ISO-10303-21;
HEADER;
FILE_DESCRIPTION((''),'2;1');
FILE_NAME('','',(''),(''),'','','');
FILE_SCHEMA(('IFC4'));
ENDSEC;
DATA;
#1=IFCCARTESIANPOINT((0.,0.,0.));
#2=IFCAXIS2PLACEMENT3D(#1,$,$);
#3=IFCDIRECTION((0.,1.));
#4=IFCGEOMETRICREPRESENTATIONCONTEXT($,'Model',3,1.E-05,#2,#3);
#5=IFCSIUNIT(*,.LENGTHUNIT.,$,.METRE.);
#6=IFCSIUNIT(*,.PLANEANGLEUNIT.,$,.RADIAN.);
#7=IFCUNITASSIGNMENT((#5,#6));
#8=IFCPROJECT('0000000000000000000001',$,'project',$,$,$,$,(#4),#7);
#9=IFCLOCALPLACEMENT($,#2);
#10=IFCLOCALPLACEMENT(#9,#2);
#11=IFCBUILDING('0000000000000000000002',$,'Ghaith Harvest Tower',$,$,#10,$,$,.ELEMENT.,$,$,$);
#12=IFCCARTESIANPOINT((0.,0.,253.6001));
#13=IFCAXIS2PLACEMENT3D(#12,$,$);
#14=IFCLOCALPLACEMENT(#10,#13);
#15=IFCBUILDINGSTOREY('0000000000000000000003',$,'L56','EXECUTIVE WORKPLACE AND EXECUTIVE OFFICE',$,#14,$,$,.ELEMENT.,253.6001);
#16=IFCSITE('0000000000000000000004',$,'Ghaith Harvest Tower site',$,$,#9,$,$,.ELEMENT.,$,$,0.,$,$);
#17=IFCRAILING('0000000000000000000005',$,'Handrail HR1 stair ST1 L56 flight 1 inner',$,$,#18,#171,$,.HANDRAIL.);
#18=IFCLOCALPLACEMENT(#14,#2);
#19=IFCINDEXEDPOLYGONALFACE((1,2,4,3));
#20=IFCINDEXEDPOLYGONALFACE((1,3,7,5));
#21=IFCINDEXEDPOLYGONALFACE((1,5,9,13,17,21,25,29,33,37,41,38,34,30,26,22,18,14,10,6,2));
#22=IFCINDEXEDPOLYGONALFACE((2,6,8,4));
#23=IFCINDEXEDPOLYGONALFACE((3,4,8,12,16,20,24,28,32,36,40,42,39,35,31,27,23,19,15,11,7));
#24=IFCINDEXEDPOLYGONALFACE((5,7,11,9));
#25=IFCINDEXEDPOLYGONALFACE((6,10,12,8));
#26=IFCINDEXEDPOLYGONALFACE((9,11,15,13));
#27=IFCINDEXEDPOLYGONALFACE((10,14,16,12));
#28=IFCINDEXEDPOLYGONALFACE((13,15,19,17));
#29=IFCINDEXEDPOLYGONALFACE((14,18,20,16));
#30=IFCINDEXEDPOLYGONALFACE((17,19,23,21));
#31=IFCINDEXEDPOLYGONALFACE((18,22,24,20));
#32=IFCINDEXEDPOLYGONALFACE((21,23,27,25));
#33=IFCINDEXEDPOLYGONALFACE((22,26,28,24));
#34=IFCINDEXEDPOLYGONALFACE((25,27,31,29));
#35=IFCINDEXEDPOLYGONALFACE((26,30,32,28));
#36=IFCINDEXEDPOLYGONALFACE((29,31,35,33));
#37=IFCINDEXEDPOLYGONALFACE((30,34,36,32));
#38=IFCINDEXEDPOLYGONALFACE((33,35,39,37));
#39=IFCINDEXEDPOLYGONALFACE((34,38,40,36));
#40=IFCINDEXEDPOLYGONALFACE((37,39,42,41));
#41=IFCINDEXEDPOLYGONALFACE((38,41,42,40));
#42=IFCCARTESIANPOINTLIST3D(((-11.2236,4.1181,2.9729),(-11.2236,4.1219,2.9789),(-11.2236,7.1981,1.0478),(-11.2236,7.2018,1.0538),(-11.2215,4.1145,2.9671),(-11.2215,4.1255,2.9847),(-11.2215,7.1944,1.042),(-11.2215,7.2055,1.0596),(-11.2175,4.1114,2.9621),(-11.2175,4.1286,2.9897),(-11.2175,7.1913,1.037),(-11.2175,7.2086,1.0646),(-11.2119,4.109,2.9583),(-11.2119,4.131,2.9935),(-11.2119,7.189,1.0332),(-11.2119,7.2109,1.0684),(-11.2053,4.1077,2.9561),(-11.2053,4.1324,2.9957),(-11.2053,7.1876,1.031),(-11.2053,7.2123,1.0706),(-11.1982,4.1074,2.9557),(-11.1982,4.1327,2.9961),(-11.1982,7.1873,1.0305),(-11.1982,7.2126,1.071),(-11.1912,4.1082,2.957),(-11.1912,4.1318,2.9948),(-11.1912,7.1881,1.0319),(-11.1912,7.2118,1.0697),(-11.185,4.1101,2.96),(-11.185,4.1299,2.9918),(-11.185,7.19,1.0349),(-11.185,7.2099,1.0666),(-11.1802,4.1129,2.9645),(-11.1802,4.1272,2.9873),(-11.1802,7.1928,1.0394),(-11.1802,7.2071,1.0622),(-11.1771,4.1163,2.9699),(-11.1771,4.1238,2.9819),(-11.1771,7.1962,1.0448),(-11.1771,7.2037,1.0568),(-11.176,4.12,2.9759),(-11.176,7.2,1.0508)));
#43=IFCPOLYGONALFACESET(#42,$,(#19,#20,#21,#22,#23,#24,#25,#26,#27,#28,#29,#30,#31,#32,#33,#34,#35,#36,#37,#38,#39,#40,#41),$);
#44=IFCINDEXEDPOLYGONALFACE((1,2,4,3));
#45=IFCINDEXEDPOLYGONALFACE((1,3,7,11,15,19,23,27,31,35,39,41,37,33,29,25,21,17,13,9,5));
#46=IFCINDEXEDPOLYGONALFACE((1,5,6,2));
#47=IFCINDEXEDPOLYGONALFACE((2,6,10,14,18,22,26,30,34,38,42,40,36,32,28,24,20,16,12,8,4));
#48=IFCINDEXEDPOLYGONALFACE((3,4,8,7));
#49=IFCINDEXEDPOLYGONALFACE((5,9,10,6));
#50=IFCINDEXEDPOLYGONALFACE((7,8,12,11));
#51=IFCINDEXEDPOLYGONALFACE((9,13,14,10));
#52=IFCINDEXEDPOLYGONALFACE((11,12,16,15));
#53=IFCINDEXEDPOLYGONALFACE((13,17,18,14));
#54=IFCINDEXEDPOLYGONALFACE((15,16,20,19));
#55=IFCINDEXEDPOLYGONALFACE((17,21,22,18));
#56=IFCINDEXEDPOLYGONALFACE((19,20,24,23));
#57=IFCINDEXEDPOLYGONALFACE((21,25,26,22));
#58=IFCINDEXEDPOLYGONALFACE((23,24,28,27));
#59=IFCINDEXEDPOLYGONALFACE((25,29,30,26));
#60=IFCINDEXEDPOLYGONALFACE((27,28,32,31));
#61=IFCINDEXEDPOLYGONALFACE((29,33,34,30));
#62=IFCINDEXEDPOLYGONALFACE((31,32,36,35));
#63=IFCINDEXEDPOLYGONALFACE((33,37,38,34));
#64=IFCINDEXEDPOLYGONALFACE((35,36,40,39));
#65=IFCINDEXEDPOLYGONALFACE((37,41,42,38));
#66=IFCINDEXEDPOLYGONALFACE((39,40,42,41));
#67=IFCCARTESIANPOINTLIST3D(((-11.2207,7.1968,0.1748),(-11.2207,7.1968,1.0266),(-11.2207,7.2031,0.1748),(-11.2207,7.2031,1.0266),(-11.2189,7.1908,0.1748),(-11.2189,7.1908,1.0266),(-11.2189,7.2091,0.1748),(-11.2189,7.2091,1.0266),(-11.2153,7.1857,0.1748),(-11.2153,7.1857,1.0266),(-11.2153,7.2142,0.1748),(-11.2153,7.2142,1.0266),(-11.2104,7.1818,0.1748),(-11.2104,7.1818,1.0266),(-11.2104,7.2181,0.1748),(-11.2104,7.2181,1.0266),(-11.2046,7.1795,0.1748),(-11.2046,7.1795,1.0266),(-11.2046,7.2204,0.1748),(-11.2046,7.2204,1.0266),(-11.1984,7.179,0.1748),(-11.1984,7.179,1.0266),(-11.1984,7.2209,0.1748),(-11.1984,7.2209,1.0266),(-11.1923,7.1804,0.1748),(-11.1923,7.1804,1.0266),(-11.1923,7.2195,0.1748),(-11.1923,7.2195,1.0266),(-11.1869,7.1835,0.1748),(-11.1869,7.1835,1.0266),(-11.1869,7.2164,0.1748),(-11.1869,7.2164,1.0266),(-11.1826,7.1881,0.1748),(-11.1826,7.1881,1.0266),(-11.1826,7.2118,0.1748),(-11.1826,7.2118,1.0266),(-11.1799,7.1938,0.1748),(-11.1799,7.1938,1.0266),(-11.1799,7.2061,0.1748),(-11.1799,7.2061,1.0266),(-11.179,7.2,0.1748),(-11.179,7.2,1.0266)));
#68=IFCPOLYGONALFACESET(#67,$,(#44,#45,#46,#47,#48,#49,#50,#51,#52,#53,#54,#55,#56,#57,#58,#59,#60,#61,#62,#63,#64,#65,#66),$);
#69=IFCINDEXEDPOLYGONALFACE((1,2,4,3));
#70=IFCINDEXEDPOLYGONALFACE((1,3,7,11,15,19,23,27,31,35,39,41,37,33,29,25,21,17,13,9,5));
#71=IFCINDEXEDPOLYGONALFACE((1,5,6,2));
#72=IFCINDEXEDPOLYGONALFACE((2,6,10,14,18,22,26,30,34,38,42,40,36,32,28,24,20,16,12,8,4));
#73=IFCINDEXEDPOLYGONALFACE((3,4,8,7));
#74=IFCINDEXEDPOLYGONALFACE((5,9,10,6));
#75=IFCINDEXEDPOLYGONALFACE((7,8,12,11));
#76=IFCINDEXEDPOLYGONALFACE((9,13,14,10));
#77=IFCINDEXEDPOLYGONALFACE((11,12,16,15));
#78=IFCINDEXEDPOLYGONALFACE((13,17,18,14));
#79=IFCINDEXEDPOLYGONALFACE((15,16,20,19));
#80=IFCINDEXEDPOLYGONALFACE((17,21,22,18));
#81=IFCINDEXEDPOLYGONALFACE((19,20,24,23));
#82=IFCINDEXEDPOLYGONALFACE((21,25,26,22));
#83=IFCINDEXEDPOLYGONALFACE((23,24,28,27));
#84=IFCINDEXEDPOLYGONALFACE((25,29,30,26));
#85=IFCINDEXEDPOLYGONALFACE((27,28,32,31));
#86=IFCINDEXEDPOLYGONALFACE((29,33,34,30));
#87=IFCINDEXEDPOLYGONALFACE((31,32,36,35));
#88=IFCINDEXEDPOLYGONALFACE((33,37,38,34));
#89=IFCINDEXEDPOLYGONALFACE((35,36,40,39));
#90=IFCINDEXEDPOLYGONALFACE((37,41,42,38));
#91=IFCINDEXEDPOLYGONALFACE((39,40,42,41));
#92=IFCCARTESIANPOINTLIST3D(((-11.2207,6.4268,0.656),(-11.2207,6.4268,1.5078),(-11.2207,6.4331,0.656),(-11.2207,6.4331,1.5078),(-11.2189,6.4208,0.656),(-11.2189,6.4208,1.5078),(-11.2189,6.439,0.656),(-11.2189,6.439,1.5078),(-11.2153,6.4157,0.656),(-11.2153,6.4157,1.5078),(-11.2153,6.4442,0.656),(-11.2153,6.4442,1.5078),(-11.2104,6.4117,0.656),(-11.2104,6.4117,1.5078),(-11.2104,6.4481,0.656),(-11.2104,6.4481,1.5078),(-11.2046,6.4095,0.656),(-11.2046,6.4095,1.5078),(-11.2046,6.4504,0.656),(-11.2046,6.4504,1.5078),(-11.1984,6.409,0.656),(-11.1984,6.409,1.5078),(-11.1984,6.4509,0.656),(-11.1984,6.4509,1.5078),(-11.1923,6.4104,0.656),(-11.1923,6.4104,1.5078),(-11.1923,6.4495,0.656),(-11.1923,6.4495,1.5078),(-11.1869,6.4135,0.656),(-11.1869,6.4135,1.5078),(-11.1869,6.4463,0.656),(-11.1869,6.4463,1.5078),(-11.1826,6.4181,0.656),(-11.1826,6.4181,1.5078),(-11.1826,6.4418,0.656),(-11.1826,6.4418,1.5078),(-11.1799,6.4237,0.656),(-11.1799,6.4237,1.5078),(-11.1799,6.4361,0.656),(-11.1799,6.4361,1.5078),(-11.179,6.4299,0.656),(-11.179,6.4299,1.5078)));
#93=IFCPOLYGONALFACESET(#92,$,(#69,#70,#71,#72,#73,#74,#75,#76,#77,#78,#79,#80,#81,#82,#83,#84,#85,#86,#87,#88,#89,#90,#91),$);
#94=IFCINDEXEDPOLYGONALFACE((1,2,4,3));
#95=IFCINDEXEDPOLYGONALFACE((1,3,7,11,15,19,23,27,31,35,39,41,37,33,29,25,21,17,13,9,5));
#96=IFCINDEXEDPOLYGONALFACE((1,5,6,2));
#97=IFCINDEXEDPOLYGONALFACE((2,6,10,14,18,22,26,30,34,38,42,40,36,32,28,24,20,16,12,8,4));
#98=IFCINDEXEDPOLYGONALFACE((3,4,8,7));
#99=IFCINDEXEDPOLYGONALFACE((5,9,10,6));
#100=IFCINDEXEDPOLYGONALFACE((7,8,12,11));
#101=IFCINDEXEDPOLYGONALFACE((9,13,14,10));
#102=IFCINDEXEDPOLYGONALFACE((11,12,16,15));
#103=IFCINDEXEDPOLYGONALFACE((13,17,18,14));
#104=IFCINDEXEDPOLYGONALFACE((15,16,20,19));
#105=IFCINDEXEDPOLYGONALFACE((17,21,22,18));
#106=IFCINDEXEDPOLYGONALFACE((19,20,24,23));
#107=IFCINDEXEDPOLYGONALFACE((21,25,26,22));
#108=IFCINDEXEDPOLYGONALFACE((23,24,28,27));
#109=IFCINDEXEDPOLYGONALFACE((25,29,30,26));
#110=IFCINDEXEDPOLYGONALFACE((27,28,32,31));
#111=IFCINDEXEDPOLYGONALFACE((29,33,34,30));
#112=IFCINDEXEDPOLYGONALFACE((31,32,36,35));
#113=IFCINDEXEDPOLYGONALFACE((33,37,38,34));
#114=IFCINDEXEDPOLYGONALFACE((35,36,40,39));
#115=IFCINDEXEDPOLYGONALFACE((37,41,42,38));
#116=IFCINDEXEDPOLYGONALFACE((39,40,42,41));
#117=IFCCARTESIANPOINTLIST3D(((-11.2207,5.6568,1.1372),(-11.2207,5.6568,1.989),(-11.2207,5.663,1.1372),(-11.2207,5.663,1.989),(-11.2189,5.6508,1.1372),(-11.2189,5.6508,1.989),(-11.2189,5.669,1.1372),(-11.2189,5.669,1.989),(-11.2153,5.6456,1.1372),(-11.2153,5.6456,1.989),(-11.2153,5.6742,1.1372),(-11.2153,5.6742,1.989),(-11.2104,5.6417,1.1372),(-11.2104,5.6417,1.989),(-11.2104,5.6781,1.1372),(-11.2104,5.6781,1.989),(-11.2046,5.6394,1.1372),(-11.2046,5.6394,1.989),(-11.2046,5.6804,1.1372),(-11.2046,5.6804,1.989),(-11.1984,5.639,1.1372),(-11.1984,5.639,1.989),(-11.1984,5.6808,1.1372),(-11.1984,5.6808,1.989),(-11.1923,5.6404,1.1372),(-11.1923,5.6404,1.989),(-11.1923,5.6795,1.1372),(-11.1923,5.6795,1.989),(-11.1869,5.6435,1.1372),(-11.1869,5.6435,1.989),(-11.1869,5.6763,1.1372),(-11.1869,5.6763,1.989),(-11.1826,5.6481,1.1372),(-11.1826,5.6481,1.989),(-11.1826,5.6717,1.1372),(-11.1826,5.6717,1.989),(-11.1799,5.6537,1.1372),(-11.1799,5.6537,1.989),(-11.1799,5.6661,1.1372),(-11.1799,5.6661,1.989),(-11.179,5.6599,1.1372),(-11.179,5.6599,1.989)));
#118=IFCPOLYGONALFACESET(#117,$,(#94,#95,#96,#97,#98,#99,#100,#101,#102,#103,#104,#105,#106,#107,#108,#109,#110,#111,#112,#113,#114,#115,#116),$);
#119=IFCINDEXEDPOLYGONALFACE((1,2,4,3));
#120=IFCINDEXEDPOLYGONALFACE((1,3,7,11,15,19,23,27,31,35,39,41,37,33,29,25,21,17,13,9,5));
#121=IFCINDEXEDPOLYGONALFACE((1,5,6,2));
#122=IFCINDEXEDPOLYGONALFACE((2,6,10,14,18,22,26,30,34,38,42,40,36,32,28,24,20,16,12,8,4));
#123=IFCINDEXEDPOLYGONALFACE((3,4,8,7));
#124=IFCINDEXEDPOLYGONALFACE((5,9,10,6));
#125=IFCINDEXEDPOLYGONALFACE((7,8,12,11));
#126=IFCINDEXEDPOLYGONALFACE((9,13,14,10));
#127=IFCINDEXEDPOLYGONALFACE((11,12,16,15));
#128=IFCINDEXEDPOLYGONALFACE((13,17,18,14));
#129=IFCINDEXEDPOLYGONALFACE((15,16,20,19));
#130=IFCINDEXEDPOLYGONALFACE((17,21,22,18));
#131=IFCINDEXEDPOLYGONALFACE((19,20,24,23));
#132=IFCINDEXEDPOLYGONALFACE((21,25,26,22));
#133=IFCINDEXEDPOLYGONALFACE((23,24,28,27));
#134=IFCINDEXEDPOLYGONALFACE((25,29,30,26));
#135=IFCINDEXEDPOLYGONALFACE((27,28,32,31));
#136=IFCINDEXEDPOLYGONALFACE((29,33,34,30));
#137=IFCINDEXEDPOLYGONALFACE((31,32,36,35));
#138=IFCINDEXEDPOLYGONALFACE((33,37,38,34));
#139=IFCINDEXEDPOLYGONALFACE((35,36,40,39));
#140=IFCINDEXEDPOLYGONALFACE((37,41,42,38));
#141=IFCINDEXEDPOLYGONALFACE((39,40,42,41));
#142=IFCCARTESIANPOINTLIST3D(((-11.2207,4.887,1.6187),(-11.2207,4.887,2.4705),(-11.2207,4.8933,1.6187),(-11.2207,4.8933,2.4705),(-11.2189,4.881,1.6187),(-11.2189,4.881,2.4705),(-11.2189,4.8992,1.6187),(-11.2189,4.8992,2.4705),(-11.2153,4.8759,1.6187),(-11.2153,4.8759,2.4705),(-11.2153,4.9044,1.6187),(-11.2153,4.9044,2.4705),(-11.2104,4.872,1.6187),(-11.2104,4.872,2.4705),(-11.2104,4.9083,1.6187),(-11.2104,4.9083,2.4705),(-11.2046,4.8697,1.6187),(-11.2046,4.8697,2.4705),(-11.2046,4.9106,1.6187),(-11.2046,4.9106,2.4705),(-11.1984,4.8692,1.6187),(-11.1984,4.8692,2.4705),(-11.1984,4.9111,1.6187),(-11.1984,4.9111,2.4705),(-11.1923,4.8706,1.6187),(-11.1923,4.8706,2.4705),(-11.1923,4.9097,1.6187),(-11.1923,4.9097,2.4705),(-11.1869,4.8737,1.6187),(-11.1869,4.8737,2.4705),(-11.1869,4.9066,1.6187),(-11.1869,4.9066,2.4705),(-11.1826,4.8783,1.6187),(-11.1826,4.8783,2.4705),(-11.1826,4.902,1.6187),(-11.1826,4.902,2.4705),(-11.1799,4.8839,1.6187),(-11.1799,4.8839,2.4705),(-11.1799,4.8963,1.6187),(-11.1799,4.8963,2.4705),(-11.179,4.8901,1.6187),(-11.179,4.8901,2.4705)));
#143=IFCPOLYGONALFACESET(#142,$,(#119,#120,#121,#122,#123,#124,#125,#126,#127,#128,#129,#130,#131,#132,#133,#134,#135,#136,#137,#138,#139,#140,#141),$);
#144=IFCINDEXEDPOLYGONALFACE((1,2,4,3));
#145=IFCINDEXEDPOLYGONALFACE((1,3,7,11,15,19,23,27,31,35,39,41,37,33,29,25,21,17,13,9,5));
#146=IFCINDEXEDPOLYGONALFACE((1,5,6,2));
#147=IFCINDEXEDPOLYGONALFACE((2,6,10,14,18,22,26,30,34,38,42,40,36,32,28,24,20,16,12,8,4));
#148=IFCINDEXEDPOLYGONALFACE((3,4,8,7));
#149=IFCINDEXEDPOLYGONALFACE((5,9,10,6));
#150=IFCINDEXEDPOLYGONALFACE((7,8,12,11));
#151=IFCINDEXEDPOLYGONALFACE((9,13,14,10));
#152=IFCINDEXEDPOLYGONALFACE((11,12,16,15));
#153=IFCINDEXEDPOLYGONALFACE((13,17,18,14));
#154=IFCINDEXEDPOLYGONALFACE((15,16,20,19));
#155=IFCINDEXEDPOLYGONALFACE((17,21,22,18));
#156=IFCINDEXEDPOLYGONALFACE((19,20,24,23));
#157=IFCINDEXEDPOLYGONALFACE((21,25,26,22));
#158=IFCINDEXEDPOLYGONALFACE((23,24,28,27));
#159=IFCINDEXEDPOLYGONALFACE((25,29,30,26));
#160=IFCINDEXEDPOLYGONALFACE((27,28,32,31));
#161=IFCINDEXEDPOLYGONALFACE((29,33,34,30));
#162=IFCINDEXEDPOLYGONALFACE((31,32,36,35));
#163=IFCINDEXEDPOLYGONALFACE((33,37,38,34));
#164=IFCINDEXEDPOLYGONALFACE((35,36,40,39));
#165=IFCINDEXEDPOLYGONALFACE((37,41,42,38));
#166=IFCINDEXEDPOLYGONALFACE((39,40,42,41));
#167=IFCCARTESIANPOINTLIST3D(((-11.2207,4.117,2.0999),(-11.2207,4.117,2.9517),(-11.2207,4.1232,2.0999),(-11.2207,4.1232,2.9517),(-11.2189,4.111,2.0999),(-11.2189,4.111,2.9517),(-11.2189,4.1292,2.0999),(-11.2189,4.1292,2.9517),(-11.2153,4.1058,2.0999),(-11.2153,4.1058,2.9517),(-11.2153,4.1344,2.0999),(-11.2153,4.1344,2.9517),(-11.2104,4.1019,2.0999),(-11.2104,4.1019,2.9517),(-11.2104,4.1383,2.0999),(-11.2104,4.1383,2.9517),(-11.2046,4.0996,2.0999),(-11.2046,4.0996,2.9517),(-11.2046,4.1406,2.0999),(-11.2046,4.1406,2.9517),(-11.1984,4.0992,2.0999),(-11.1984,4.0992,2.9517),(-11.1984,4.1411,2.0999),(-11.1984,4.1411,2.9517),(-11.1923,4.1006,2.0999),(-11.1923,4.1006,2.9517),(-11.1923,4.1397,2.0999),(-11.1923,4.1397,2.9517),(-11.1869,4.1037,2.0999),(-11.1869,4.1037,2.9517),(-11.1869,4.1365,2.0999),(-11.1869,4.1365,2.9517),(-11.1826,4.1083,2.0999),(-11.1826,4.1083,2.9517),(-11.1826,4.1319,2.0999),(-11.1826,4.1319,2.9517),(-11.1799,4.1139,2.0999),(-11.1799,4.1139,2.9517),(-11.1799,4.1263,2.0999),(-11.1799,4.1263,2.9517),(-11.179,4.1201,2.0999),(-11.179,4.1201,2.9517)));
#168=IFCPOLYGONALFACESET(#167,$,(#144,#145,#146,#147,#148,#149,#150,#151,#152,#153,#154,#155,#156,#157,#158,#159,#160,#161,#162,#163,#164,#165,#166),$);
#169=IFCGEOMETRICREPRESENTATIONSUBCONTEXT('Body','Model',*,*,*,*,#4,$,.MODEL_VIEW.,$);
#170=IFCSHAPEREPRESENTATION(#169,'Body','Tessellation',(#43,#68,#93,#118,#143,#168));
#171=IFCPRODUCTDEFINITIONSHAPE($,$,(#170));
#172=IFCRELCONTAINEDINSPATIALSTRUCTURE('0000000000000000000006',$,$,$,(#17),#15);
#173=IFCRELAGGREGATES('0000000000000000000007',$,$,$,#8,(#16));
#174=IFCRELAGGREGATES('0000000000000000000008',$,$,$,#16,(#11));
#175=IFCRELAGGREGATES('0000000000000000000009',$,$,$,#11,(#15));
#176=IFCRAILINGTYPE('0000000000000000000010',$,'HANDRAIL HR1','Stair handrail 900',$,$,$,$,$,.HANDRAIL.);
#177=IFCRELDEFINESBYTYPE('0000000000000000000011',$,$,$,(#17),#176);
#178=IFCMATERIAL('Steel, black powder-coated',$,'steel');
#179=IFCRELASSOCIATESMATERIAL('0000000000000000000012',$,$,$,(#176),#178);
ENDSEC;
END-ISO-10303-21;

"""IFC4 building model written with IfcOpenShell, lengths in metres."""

from ifc_helpers import new_model, si_unit, direction, frame, origin, origin_2d, place, context, subcontext, project, spatial, circle, extrude, material, type_object, element, save


model = new_model("IFC4")

# Units and contexts
model_context = context("Model", 3, precision=1e-05, world=origin(), true_north=direction((0.0, 1.0)))
body_context = subcontext(model_context, "Body", "Model", "MODEL_VIEW")
ifc_project = project(units=[si_unit("LENGTHUNIT", "METRE"), si_unit("PLANEANGLEUNIT", "RADIAN")], contexts=[model_context])

# Site, building, storey
site_placement = place(None, origin())
site = spatial("IfcSite", under=ifc_project, at=site_placement, Name="Ghaith Harvest Tower site", CompositionType="ELEMENT", RefElevation=0.0)
building_placement = place(site_placement, origin())
building = spatial("IfcBuilding", under=site, at=building_placement, Name="Ghaith Harvest Tower", CompositionType="ELEMENT")
storey_placement = place(building_placement, frame((0.0, 0.0, 253.6001)))
storey = spatial("IfcBuildingStorey", under=building, at=storey_placement, Name="L56", Description="EXECUTIVE WORKPLACE AND EXECUTIVE OFFICE", CompositionType="ELEMENT", Elevation=253.6001)

# Railing
ifc_material_1 = material(Name="Steel, black powder-coated", Category="steel")
railing_type = type_object("IfcRailingType", Name="HANDRAIL HR1", Description="Stair handrail 900", PredefinedType="HANDRAIL", material=ifc_material_1)
railing_1_placement = place(storey_placement, frame((-11.2, 7.2, 0.1748)))
element("IfcRailing", 1, at=railing_1_placement, inside=storey, type_object=railing_type, Name="Handrail HR1 stair ST1 L56 flight 1 inner", PredefinedType="HANDRAIL", context=body_context, shape_type="SweptSolid", body=[
    extrude(circle(Radius=0.0239, at=origin_2d()), frame((0.0, 0.0, 0.876), z_axis=(0.0, -0.847979, 0.530029), x_axis=(1.0, 0.0, 0.0)), (0.0, 0.0, 1.0), 3.6321),
    extrude(circle(Radius=0.021, at=origin_2d()), origin(), (0.0, 0.0, 1.0), 0.8518),
    extrude(circle(Radius=0.021, at=origin_2d()), frame((0.0, -0.77, 0.4812)), (0.0, 0.0, 1.0), 0.8518),
    extrude(circle(Radius=0.021, at=origin_2d()), frame((0.0, -1.54, 0.9624)), (0.0, 0.0, 1.0), 0.8518),
    extrude(circle(Radius=0.021, at=origin_2d()), frame((0.0, -2.3098, 1.4438)), (0.0, 0.0, 1.0), 0.8518),
    extrude(circle(Radius=0.021, at=origin_2d()), frame((0.0, -3.0798, 1.925)), (0.0, 0.0, 1.0), 0.8518),
])

save(model, "model.ifc")
